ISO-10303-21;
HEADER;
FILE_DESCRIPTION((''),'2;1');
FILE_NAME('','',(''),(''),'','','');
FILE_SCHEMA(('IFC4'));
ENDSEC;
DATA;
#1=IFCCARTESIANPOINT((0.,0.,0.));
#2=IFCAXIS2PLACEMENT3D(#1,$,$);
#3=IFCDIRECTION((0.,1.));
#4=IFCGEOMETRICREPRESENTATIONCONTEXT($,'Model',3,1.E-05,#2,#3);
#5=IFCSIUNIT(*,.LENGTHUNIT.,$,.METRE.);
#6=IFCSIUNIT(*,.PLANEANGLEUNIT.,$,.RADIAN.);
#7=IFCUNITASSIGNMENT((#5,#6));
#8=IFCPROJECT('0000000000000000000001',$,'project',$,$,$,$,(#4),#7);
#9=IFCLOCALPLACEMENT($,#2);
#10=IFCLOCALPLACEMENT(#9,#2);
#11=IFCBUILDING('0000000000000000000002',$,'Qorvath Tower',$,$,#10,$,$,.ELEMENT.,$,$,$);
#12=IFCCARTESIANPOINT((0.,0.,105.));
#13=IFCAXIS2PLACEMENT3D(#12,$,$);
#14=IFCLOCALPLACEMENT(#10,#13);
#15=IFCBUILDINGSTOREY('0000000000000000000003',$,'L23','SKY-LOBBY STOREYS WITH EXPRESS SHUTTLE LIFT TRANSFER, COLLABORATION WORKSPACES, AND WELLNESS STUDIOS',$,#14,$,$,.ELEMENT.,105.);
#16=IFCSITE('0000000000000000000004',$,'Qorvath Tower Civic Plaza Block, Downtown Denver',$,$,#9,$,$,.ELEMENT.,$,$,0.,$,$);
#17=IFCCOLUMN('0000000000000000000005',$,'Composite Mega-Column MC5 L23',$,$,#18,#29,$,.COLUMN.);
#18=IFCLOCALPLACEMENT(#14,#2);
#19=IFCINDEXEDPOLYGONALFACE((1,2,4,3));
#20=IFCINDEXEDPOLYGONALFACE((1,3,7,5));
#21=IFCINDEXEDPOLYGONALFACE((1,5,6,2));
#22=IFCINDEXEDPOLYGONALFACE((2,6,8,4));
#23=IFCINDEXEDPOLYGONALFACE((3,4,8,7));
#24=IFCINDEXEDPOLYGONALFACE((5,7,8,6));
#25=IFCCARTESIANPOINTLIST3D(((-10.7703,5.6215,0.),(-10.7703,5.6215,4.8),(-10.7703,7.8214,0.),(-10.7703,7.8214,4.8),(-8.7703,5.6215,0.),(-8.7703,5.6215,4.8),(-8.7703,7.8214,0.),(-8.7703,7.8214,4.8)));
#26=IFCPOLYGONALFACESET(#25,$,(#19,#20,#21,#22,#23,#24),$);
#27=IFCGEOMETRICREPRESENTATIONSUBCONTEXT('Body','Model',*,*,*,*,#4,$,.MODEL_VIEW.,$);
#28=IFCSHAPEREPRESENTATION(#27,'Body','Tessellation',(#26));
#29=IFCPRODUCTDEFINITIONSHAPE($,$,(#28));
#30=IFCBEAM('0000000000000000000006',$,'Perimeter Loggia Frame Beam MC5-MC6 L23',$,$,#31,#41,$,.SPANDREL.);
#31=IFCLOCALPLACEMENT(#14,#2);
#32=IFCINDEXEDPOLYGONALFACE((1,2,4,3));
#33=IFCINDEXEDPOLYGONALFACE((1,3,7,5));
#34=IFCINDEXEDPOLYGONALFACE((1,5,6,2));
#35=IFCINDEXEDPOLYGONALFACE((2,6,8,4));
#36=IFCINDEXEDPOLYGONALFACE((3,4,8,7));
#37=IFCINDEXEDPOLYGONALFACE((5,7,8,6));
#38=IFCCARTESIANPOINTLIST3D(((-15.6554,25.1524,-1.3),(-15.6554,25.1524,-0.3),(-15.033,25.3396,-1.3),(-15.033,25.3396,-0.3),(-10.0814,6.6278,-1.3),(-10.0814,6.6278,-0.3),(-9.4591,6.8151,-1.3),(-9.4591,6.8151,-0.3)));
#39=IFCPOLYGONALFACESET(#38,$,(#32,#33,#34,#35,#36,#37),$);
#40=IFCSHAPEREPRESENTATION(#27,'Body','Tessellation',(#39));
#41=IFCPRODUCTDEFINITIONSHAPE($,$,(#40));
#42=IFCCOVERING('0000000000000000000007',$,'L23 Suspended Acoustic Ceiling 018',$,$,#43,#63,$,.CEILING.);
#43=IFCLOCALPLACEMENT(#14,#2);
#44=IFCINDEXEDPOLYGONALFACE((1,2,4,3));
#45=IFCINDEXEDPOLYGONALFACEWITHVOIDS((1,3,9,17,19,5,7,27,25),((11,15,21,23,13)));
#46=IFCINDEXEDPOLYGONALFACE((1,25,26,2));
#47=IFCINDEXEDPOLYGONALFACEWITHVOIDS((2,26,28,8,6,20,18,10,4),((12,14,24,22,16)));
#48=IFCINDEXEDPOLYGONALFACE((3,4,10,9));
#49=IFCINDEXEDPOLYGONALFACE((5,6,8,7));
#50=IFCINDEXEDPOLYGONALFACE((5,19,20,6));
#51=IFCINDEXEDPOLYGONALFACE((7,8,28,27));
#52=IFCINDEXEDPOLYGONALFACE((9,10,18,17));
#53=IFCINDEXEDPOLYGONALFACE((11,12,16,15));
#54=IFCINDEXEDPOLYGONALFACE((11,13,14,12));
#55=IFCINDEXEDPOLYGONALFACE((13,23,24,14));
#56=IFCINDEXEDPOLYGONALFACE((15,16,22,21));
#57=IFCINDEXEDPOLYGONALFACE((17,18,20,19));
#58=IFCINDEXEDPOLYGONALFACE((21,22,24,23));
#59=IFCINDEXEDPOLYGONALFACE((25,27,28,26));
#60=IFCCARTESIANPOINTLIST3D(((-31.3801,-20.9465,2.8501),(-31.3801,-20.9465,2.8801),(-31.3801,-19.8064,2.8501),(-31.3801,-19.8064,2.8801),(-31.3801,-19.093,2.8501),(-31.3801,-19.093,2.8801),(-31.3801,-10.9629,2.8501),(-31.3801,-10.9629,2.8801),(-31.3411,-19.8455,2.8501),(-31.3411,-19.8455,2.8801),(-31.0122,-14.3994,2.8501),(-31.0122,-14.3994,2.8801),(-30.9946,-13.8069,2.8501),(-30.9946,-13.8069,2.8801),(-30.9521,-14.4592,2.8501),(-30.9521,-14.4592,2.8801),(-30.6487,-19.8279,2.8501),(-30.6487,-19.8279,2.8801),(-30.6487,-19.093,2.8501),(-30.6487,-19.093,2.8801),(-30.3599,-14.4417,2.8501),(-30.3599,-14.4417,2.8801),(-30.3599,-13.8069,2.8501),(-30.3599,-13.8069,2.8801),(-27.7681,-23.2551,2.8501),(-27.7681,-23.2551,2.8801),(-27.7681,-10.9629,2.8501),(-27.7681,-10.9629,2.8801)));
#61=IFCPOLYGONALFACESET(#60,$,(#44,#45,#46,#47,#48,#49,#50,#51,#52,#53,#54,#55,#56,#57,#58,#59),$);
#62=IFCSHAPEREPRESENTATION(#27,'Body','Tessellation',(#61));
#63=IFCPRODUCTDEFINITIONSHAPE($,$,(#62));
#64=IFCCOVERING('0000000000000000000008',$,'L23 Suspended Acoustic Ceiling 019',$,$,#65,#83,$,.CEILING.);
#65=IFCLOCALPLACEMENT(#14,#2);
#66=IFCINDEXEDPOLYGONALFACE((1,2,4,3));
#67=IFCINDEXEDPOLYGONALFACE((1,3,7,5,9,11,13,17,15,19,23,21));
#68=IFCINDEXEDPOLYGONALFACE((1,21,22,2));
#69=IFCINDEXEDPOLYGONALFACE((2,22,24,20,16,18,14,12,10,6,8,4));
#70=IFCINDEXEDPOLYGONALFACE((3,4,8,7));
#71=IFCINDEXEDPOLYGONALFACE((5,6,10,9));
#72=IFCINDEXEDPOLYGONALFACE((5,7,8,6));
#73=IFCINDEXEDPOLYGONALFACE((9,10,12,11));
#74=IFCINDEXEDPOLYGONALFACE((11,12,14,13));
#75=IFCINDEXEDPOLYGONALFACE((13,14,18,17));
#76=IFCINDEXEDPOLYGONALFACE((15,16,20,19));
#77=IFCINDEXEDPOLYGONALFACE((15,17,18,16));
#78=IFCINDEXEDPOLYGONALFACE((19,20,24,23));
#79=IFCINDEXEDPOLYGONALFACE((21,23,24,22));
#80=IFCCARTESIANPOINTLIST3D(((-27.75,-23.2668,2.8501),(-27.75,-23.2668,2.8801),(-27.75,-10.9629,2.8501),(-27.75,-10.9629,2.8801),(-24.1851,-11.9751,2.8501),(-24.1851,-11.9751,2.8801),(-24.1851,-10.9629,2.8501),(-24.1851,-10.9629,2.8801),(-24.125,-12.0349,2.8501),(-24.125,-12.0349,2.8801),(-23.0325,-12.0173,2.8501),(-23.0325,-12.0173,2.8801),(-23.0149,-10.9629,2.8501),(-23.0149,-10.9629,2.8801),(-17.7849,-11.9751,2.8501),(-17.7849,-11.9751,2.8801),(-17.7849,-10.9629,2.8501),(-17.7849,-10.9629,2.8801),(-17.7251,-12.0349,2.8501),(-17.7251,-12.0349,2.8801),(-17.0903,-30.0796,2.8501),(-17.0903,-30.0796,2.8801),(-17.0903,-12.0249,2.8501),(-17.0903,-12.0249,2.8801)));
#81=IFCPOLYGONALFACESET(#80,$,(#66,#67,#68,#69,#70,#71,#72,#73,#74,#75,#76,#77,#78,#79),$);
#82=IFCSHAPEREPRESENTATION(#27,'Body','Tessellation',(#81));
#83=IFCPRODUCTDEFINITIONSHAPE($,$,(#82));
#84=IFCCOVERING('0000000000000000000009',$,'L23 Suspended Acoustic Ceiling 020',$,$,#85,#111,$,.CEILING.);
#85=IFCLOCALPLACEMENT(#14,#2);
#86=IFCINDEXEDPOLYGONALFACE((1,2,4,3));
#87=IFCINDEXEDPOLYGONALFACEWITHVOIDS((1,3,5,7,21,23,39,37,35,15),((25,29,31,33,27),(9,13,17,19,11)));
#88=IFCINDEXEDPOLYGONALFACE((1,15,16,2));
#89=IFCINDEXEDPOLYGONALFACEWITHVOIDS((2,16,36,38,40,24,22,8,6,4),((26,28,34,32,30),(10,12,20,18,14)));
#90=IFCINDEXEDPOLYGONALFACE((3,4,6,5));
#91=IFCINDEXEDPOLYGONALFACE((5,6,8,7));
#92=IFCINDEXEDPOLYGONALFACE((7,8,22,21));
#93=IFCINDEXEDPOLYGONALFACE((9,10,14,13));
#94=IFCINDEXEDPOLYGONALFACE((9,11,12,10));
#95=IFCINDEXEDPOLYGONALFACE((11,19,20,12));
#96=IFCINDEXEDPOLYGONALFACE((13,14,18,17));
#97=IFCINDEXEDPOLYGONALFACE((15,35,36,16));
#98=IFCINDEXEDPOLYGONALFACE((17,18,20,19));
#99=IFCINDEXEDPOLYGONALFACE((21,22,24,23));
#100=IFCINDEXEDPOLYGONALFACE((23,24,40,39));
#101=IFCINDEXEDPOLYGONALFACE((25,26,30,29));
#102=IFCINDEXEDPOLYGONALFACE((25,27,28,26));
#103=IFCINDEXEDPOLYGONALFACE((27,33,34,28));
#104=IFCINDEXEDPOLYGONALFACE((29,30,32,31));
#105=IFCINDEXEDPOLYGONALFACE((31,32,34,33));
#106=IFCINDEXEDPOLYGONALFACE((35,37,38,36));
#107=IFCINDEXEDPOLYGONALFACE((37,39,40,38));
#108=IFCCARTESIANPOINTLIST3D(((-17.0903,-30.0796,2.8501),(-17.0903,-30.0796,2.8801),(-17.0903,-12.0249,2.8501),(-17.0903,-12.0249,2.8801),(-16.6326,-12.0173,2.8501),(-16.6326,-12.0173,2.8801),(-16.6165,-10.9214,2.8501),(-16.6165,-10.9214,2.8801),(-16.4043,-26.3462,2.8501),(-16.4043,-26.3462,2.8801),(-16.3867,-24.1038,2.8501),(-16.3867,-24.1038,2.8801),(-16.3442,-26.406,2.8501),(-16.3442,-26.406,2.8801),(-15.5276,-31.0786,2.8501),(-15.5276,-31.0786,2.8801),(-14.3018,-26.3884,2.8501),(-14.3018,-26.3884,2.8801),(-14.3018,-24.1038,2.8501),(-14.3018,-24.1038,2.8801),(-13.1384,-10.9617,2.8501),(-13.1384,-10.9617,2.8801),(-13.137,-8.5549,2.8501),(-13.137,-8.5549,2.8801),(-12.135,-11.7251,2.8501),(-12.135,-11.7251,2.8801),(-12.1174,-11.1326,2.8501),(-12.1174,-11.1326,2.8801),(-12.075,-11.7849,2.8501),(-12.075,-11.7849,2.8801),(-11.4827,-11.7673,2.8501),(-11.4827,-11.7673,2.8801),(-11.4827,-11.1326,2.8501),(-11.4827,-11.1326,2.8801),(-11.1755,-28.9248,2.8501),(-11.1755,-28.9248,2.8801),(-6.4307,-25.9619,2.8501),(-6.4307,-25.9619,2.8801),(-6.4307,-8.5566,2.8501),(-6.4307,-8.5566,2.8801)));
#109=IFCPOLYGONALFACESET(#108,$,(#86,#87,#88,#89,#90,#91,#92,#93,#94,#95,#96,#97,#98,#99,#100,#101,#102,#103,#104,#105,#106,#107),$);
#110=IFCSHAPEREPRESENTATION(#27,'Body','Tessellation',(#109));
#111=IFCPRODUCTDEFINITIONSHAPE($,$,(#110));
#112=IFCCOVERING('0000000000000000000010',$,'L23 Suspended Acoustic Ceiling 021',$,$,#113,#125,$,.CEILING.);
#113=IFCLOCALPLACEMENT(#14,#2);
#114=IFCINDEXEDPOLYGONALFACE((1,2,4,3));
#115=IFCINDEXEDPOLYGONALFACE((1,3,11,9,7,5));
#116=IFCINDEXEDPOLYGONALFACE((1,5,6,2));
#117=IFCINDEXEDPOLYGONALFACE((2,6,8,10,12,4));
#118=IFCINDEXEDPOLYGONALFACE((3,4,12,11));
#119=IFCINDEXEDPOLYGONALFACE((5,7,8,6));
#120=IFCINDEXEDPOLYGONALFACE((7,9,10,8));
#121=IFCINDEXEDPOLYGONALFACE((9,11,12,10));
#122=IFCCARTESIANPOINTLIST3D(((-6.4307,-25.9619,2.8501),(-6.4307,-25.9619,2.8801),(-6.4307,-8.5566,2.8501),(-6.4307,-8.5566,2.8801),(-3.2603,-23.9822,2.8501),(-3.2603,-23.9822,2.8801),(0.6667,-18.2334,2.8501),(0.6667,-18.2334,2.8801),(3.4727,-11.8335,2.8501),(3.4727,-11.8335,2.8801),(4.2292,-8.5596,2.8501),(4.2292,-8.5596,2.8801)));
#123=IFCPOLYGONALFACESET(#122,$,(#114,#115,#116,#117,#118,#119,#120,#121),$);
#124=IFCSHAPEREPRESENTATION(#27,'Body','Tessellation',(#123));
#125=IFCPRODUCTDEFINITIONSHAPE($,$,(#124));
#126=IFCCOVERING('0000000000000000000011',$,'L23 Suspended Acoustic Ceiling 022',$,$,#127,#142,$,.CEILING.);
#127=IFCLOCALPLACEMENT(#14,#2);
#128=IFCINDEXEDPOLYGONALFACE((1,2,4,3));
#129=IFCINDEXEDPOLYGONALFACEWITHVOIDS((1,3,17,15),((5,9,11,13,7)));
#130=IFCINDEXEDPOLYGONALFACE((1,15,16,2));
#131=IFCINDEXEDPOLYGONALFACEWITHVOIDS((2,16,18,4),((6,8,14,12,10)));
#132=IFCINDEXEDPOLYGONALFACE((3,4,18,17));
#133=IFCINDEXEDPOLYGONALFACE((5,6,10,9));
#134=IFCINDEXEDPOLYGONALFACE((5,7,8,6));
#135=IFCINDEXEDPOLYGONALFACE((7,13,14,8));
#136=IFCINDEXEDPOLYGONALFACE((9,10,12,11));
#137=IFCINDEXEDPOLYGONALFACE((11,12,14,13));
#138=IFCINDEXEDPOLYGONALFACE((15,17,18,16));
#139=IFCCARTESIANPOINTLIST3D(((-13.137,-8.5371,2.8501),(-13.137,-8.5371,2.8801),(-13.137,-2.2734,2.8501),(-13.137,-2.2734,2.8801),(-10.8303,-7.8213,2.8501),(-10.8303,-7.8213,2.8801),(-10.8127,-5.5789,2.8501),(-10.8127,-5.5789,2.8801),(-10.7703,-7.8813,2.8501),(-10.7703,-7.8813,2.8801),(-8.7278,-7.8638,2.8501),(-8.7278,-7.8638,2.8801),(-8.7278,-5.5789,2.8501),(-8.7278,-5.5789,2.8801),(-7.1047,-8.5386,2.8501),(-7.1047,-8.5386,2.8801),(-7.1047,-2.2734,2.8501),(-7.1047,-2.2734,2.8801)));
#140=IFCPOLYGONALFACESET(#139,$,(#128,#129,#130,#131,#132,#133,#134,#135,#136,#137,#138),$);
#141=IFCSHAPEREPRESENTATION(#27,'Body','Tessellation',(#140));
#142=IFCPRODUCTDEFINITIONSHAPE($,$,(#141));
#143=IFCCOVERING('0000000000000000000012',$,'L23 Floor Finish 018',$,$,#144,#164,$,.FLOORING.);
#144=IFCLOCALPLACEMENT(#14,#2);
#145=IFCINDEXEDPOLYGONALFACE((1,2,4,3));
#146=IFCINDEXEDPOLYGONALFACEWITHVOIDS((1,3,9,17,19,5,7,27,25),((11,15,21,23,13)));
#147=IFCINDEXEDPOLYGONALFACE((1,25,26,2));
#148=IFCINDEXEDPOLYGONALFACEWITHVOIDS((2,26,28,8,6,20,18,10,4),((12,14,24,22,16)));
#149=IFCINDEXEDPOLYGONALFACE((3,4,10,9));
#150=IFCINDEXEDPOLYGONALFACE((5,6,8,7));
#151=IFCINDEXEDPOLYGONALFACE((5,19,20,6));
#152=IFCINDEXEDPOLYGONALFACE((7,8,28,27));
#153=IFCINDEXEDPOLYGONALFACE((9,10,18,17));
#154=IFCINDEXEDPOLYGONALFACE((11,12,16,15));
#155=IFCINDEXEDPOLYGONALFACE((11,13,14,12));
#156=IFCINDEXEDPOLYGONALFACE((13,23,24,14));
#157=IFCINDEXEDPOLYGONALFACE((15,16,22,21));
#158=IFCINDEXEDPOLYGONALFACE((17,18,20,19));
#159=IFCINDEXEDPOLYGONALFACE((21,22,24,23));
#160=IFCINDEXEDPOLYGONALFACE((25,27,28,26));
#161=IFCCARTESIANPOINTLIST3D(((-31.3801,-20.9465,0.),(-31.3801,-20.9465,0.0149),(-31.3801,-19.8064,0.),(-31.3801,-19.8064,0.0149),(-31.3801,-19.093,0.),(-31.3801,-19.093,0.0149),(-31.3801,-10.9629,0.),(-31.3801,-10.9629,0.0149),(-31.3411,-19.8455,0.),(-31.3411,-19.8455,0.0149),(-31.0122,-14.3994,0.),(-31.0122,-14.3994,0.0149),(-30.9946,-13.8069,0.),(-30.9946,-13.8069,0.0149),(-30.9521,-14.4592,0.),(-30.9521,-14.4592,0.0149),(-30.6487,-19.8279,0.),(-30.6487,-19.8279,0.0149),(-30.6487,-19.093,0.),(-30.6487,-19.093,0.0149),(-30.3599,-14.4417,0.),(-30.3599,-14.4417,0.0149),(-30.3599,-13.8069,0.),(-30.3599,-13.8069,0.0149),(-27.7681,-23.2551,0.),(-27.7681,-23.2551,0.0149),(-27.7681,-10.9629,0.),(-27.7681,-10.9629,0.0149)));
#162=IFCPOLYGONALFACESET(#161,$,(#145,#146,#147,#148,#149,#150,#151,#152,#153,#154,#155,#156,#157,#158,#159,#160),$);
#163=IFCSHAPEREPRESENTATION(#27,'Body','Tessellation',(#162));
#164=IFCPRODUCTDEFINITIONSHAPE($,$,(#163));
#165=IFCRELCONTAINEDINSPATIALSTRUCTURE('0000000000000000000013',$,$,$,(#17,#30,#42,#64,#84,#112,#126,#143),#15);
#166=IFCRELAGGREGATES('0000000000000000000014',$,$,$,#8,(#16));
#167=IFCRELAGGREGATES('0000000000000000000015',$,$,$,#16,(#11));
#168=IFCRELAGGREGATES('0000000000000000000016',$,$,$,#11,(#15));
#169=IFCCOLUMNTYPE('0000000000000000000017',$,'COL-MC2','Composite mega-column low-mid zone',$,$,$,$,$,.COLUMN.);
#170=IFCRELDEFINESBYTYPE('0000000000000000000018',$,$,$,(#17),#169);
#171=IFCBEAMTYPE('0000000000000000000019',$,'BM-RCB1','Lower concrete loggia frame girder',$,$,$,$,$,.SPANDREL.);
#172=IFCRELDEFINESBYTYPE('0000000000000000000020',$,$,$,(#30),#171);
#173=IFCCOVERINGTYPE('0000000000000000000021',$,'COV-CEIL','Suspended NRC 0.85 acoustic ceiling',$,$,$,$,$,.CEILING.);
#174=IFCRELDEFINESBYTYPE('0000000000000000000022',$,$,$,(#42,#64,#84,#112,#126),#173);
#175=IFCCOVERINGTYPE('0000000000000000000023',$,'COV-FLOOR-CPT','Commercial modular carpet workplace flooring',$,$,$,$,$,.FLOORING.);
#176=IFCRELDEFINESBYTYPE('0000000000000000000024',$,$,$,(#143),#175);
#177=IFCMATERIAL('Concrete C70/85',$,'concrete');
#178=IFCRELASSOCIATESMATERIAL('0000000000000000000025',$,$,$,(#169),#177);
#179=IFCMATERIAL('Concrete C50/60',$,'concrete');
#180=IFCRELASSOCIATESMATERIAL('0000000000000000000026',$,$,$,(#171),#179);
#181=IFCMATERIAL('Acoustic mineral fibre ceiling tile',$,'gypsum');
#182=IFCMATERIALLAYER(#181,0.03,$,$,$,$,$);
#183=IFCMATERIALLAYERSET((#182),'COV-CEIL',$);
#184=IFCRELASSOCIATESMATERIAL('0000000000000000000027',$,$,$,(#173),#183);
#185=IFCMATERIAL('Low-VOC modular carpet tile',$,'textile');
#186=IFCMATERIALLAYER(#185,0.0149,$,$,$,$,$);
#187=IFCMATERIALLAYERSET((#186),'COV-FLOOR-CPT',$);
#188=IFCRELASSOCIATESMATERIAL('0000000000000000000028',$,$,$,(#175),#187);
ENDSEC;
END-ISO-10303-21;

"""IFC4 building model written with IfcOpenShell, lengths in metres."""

from ifc_helpers import new_model, si_unit, direction, frame, origin, origin_2d, place, context, subcontext, project, spatial, polyline, rectangle, outline, extrude, material, layer, layer_set, material_profile, profile_set, type_object, element, save


model = new_model("IFC4")

# Units and contexts
model_context = context("Model", 3, precision=1e-05, world=origin(), true_north=direction((0.0, 1.0)))
body_context = subcontext(model_context, "Body", "Model", "MODEL_VIEW")
ifc_project = project(units=[si_unit("LENGTHUNIT", "METRE"), si_unit("PLANEANGLEUNIT", "RADIAN")], contexts=[model_context])

# Site, building, storey
site_placement = place(None, origin())
site = spatial("IfcSite", under=ifc_project, at=site_placement, Name="Qorvath Tower Civic Plaza Block, Downtown Denver", CompositionType="ELEMENT", RefElevation=0.0)
building_placement = place(site_placement, origin())
building = spatial("IfcBuilding", under=site, at=building_placement, Name="Qorvath Tower", CompositionType="ELEMENT")
storey_placement = place(building_placement, frame((0.0, 0.0, 105.0)))
storey = spatial("IfcBuildingStorey", under=building, at=storey_placement, Name="L23", Description="SKY-LOBBY STOREYS WITH EXPRESS SHUTTLE LIFT TRANSFER, COLLABORATION WORKSPACES, AND WELLNESS STUDIOS", CompositionType="ELEMENT", Elevation=105.0)

# Column
ifc_material_1 = material(Name="Concrete C70/85", Category="concrete")
ifc_material_profile_1 = material_profile(ifc_material_1, rectangle(XDim=2.0, YDim=2.2, at=origin_2d()), Name="MC 2200x2000")
ifc_profile_set_1 = profile_set([ifc_material_profile_1], Name="Concrete C70/85")
column_type = type_object("IfcColumnType", Name="COL-MC2", Description="Composite mega-column low-mid zone", PredefinedType="COLUMN", material=ifc_profile_set_1)
column_placement = place(storey_placement, frame((-9.7703, 6.7214, 0.0), z_axis=(0.0, 0.0, 1.0), x_axis=(1.0, 0.0, 0.0)))
element("IfcColumn", 1, at=column_placement, inside=storey, type_object=column_type, Name="Composite Mega-Column MC5 L23", PredefinedType="COLUMN", context=body_context, shape_type="SweptSolid", body=[
    extrude(rectangle(XDim=2.0, YDim=2.2, at=origin_2d()), origin(), (0.0, 0.0, 1.0), 4.8),
])

# Beam
ifc_material_2 = material(Name="Concrete C50/60", Category="concrete")
ifc_material_profile_2 = material_profile(ifc_material_2, rectangle(XDim=0.6499, YDim=1.0, at=origin_2d()), Name="RCB 1000x650")
ifc_profile_set_2 = profile_set([ifc_material_profile_2], Name="Concrete C50/60")
beam_type = type_object("IfcBeamType", Name="BM-RCB1", Description="Lower concrete loggia frame girder", PredefinedType="SPANDREL", material=ifc_profile_set_2)
beam_placement = place(storey_placement, frame((-9.7703, 6.7214, -0.8), z_axis=(-0.288134, 0.95759, 0.0), x_axis=(-0.95759, -0.288134, 0.0)))
element("IfcBeam", 2, at=beam_placement, inside=storey, type_object=beam_type, Name="Perimeter Loggia Frame Beam MC5-MC6 L23", PredefinedType="SPANDREL", context=body_context, shape_type="SweptSolid", body=[
    extrude(rectangle(XDim=0.6499, YDim=1.0, at=origin_2d()), origin(), (0.0, 0.0, 1.0), 19.345),
])

# Coverings
ifc_material_3 = material(Name="Acoustic mineral fibre ceiling tile", Category="gypsum")
ifc_layer_1 = layer(ifc_material_3, 0.03)
ifc_layer_set_1 = layer_set([ifc_layer_1], Name="COV-CEIL")
covering_type_1 = type_object("IfcCoveringType", Name="COV-CEIL", Description="Suspended NRC 0.85 acoustic ceiling", PredefinedType="CEILING", material=ifc_layer_set_1)
covering_1_placement = place(storey_placement, frame((0.0, 0.0, 2.8501)))
element("IfcCovering", 3, at=covering_1_placement, inside=storey, type_object=covering_type_1, Name="L23 Suspended Acoustic Ceiling 018", PredefinedType="CEILING", context=body_context, shape_type="SweptSolid", body=[
    extrude(outline(polyline([(-31.3801, -10.9629), (-31.3801, -19.093), (-30.6487, -19.093), (-30.6487, -19.8279), (-31.3411, -19.8455), (-31.3801, -19.8064), (-31.3801, -20.9465), (-27.7681, -23.2551), (-27.7681, -10.9629), (-31.3801, -10.9629)]), holes=[polyline([(-31.0122, -14.3994), (-30.9946, -13.8069), (-30.3599, -13.8069), (-30.3599, -14.4417), (-30.9521, -14.4592), (-31.0122, -14.3994)])]), origin(), (0.0, 0.0, 1.0), 0.03),
])
covering_2_placement = place(storey_placement, frame((0.0, 0.0, 2.8501)))
element("IfcCovering", 4, at=covering_2_placement, inside=storey, type_object=covering_type_1, Name="L23 Suspended Acoustic Ceiling 019", PredefinedType="CEILING", context=body_context, shape_type="SweptSolid", body=[
    extrude(outline(polyline([(-17.7849, -11.9751), (-17.7849, -10.9629), (-23.0149, -10.9629), (-23.0325, -12.0173), (-24.125, -12.0349), (-24.1851, -11.9751), (-24.1851, -10.9629), (-27.75, -10.9629), (-27.75, -23.2668), (-17.0903, -30.0796), (-17.0903, -12.0249), (-17.7251, -12.0349), (-17.7849, -11.9751)])), origin(), (0.0, 0.0, 1.0), 0.03),
])
covering_3_placement = place(storey_placement, frame((0.0, 0.0, 2.8501)))
element("IfcCovering", 5, at=covering_3_placement, inside=storey, type_object=covering_type_1, Name="L23 Suspended Acoustic Ceiling 020", PredefinedType="CEILING", context=body_context, shape_type="SweptSolid", body=[
    extrude(outline(polyline([(-17.0903, -12.0249), (-17.0903, -30.0796), (-15.5276, -31.0786), (-11.1755, -28.9248), (-6.4307, -25.9619), (-6.4307, -8.5566), (-13.137, -8.5549), (-13.1384, -10.9617), (-16.6165, -10.9214), (-16.6326, -12.0173), (-17.0903, -12.0249)]), holes=[polyline([(-12.135, -11.7251), (-12.1174, -11.1326), (-11.4827, -11.1326), (-11.4827, -11.7673), (-12.075, -11.7849), (-12.135, -11.7251)]), polyline([(-16.4043, -26.3462), (-16.3867, -24.1038), (-14.3018, -24.1038), (-14.3018, -26.3884), (-16.3442, -26.406), (-16.4043, -26.3462)])]), origin(), (0.0, 0.0, 1.0), 0.03),
])
covering_4_placement = place(storey_placement, frame((0.0, 0.0, 2.8501)))
element("IfcCovering", 6, at=covering_4_placement, inside=storey, type_object=covering_type_1, Name="L23 Suspended Acoustic Ceiling 021", PredefinedType="CEILING", context=body_context, shape_type="SweptSolid", body=[
    extrude(outline(polyline([(-6.4307, -8.5566), (-6.4307, -25.9619), (-3.2603, -23.9822), (0.6667, -18.2334), (3.4727, -11.8335), (4.2292, -8.5596), (-6.4307, -8.5566)])), origin(), (0.0, 0.0, 1.0), 0.03),
])
covering_5_placement = place(storey_placement, frame((0.0, 0.0, 2.8501)))
element("IfcCovering", 7, at=covering_5_placement, inside=storey, type_object=covering_type_1, Name="L23 Suspended Acoustic Ceiling 022", PredefinedType="CEILING", context=body_context, shape_type="SweptSolid", body=[
    extrude(outline(polyline([(-7.1047, -8.5386), (-7.1047, -2.2734), (-13.137, -2.2734), (-13.137, -8.5371), (-7.1047, -8.5386)]), holes=[polyline([(-10.8303, -7.8213), (-10.8127, -5.5789), (-8.7278, -5.5789), (-8.7278, -7.8638), (-10.7703, -7.8813), (-10.8303, -7.8213)])]), origin(), (0.0, 0.0, 1.0), 0.03),
])
ifc_material_4 = material(Name="Low-VOC modular carpet tile", Category="textile")
ifc_layer_2 = layer(ifc_material_4, 0.0149)
ifc_layer_set_2 = layer_set([ifc_layer_2], Name="COV-FLOOR-CPT")
covering_type_2 = type_object("IfcCoveringType", Name="COV-FLOOR-CPT", Description="Commercial modular carpet workplace flooring", PredefinedType="FLOORING", material=ifc_layer_set_2)
covering_6_placement = place(storey_placement, origin())
element("IfcCovering", 8, at=covering_6_placement, inside=storey, type_object=covering_type_2, Name="L23 Floor Finish 018", PredefinedType="FLOORING", context=body_context, shape_type="SweptSolid", body=[
    extrude(outline(polyline([(-31.3801, -10.9629), (-31.3801, -19.093), (-30.6487, -19.093), (-30.6487, -19.8279), (-31.3411, -19.8455), (-31.3801, -19.8064), (-31.3801, -20.9465), (-27.7681, -23.2551), (-27.7681, -10.9629), (-31.3801, -10.9629)]), holes=[polyline([(-31.0122, -14.3994), (-30.9946, -13.8069), (-30.3599, -13.8069), (-30.3599, -14.4417), (-30.9521, -14.4592), (-31.0122, -14.3994)])]), origin(), (0.0, 0.0, 1.0), 0.0149),
])

save(model, "model.ifc")
